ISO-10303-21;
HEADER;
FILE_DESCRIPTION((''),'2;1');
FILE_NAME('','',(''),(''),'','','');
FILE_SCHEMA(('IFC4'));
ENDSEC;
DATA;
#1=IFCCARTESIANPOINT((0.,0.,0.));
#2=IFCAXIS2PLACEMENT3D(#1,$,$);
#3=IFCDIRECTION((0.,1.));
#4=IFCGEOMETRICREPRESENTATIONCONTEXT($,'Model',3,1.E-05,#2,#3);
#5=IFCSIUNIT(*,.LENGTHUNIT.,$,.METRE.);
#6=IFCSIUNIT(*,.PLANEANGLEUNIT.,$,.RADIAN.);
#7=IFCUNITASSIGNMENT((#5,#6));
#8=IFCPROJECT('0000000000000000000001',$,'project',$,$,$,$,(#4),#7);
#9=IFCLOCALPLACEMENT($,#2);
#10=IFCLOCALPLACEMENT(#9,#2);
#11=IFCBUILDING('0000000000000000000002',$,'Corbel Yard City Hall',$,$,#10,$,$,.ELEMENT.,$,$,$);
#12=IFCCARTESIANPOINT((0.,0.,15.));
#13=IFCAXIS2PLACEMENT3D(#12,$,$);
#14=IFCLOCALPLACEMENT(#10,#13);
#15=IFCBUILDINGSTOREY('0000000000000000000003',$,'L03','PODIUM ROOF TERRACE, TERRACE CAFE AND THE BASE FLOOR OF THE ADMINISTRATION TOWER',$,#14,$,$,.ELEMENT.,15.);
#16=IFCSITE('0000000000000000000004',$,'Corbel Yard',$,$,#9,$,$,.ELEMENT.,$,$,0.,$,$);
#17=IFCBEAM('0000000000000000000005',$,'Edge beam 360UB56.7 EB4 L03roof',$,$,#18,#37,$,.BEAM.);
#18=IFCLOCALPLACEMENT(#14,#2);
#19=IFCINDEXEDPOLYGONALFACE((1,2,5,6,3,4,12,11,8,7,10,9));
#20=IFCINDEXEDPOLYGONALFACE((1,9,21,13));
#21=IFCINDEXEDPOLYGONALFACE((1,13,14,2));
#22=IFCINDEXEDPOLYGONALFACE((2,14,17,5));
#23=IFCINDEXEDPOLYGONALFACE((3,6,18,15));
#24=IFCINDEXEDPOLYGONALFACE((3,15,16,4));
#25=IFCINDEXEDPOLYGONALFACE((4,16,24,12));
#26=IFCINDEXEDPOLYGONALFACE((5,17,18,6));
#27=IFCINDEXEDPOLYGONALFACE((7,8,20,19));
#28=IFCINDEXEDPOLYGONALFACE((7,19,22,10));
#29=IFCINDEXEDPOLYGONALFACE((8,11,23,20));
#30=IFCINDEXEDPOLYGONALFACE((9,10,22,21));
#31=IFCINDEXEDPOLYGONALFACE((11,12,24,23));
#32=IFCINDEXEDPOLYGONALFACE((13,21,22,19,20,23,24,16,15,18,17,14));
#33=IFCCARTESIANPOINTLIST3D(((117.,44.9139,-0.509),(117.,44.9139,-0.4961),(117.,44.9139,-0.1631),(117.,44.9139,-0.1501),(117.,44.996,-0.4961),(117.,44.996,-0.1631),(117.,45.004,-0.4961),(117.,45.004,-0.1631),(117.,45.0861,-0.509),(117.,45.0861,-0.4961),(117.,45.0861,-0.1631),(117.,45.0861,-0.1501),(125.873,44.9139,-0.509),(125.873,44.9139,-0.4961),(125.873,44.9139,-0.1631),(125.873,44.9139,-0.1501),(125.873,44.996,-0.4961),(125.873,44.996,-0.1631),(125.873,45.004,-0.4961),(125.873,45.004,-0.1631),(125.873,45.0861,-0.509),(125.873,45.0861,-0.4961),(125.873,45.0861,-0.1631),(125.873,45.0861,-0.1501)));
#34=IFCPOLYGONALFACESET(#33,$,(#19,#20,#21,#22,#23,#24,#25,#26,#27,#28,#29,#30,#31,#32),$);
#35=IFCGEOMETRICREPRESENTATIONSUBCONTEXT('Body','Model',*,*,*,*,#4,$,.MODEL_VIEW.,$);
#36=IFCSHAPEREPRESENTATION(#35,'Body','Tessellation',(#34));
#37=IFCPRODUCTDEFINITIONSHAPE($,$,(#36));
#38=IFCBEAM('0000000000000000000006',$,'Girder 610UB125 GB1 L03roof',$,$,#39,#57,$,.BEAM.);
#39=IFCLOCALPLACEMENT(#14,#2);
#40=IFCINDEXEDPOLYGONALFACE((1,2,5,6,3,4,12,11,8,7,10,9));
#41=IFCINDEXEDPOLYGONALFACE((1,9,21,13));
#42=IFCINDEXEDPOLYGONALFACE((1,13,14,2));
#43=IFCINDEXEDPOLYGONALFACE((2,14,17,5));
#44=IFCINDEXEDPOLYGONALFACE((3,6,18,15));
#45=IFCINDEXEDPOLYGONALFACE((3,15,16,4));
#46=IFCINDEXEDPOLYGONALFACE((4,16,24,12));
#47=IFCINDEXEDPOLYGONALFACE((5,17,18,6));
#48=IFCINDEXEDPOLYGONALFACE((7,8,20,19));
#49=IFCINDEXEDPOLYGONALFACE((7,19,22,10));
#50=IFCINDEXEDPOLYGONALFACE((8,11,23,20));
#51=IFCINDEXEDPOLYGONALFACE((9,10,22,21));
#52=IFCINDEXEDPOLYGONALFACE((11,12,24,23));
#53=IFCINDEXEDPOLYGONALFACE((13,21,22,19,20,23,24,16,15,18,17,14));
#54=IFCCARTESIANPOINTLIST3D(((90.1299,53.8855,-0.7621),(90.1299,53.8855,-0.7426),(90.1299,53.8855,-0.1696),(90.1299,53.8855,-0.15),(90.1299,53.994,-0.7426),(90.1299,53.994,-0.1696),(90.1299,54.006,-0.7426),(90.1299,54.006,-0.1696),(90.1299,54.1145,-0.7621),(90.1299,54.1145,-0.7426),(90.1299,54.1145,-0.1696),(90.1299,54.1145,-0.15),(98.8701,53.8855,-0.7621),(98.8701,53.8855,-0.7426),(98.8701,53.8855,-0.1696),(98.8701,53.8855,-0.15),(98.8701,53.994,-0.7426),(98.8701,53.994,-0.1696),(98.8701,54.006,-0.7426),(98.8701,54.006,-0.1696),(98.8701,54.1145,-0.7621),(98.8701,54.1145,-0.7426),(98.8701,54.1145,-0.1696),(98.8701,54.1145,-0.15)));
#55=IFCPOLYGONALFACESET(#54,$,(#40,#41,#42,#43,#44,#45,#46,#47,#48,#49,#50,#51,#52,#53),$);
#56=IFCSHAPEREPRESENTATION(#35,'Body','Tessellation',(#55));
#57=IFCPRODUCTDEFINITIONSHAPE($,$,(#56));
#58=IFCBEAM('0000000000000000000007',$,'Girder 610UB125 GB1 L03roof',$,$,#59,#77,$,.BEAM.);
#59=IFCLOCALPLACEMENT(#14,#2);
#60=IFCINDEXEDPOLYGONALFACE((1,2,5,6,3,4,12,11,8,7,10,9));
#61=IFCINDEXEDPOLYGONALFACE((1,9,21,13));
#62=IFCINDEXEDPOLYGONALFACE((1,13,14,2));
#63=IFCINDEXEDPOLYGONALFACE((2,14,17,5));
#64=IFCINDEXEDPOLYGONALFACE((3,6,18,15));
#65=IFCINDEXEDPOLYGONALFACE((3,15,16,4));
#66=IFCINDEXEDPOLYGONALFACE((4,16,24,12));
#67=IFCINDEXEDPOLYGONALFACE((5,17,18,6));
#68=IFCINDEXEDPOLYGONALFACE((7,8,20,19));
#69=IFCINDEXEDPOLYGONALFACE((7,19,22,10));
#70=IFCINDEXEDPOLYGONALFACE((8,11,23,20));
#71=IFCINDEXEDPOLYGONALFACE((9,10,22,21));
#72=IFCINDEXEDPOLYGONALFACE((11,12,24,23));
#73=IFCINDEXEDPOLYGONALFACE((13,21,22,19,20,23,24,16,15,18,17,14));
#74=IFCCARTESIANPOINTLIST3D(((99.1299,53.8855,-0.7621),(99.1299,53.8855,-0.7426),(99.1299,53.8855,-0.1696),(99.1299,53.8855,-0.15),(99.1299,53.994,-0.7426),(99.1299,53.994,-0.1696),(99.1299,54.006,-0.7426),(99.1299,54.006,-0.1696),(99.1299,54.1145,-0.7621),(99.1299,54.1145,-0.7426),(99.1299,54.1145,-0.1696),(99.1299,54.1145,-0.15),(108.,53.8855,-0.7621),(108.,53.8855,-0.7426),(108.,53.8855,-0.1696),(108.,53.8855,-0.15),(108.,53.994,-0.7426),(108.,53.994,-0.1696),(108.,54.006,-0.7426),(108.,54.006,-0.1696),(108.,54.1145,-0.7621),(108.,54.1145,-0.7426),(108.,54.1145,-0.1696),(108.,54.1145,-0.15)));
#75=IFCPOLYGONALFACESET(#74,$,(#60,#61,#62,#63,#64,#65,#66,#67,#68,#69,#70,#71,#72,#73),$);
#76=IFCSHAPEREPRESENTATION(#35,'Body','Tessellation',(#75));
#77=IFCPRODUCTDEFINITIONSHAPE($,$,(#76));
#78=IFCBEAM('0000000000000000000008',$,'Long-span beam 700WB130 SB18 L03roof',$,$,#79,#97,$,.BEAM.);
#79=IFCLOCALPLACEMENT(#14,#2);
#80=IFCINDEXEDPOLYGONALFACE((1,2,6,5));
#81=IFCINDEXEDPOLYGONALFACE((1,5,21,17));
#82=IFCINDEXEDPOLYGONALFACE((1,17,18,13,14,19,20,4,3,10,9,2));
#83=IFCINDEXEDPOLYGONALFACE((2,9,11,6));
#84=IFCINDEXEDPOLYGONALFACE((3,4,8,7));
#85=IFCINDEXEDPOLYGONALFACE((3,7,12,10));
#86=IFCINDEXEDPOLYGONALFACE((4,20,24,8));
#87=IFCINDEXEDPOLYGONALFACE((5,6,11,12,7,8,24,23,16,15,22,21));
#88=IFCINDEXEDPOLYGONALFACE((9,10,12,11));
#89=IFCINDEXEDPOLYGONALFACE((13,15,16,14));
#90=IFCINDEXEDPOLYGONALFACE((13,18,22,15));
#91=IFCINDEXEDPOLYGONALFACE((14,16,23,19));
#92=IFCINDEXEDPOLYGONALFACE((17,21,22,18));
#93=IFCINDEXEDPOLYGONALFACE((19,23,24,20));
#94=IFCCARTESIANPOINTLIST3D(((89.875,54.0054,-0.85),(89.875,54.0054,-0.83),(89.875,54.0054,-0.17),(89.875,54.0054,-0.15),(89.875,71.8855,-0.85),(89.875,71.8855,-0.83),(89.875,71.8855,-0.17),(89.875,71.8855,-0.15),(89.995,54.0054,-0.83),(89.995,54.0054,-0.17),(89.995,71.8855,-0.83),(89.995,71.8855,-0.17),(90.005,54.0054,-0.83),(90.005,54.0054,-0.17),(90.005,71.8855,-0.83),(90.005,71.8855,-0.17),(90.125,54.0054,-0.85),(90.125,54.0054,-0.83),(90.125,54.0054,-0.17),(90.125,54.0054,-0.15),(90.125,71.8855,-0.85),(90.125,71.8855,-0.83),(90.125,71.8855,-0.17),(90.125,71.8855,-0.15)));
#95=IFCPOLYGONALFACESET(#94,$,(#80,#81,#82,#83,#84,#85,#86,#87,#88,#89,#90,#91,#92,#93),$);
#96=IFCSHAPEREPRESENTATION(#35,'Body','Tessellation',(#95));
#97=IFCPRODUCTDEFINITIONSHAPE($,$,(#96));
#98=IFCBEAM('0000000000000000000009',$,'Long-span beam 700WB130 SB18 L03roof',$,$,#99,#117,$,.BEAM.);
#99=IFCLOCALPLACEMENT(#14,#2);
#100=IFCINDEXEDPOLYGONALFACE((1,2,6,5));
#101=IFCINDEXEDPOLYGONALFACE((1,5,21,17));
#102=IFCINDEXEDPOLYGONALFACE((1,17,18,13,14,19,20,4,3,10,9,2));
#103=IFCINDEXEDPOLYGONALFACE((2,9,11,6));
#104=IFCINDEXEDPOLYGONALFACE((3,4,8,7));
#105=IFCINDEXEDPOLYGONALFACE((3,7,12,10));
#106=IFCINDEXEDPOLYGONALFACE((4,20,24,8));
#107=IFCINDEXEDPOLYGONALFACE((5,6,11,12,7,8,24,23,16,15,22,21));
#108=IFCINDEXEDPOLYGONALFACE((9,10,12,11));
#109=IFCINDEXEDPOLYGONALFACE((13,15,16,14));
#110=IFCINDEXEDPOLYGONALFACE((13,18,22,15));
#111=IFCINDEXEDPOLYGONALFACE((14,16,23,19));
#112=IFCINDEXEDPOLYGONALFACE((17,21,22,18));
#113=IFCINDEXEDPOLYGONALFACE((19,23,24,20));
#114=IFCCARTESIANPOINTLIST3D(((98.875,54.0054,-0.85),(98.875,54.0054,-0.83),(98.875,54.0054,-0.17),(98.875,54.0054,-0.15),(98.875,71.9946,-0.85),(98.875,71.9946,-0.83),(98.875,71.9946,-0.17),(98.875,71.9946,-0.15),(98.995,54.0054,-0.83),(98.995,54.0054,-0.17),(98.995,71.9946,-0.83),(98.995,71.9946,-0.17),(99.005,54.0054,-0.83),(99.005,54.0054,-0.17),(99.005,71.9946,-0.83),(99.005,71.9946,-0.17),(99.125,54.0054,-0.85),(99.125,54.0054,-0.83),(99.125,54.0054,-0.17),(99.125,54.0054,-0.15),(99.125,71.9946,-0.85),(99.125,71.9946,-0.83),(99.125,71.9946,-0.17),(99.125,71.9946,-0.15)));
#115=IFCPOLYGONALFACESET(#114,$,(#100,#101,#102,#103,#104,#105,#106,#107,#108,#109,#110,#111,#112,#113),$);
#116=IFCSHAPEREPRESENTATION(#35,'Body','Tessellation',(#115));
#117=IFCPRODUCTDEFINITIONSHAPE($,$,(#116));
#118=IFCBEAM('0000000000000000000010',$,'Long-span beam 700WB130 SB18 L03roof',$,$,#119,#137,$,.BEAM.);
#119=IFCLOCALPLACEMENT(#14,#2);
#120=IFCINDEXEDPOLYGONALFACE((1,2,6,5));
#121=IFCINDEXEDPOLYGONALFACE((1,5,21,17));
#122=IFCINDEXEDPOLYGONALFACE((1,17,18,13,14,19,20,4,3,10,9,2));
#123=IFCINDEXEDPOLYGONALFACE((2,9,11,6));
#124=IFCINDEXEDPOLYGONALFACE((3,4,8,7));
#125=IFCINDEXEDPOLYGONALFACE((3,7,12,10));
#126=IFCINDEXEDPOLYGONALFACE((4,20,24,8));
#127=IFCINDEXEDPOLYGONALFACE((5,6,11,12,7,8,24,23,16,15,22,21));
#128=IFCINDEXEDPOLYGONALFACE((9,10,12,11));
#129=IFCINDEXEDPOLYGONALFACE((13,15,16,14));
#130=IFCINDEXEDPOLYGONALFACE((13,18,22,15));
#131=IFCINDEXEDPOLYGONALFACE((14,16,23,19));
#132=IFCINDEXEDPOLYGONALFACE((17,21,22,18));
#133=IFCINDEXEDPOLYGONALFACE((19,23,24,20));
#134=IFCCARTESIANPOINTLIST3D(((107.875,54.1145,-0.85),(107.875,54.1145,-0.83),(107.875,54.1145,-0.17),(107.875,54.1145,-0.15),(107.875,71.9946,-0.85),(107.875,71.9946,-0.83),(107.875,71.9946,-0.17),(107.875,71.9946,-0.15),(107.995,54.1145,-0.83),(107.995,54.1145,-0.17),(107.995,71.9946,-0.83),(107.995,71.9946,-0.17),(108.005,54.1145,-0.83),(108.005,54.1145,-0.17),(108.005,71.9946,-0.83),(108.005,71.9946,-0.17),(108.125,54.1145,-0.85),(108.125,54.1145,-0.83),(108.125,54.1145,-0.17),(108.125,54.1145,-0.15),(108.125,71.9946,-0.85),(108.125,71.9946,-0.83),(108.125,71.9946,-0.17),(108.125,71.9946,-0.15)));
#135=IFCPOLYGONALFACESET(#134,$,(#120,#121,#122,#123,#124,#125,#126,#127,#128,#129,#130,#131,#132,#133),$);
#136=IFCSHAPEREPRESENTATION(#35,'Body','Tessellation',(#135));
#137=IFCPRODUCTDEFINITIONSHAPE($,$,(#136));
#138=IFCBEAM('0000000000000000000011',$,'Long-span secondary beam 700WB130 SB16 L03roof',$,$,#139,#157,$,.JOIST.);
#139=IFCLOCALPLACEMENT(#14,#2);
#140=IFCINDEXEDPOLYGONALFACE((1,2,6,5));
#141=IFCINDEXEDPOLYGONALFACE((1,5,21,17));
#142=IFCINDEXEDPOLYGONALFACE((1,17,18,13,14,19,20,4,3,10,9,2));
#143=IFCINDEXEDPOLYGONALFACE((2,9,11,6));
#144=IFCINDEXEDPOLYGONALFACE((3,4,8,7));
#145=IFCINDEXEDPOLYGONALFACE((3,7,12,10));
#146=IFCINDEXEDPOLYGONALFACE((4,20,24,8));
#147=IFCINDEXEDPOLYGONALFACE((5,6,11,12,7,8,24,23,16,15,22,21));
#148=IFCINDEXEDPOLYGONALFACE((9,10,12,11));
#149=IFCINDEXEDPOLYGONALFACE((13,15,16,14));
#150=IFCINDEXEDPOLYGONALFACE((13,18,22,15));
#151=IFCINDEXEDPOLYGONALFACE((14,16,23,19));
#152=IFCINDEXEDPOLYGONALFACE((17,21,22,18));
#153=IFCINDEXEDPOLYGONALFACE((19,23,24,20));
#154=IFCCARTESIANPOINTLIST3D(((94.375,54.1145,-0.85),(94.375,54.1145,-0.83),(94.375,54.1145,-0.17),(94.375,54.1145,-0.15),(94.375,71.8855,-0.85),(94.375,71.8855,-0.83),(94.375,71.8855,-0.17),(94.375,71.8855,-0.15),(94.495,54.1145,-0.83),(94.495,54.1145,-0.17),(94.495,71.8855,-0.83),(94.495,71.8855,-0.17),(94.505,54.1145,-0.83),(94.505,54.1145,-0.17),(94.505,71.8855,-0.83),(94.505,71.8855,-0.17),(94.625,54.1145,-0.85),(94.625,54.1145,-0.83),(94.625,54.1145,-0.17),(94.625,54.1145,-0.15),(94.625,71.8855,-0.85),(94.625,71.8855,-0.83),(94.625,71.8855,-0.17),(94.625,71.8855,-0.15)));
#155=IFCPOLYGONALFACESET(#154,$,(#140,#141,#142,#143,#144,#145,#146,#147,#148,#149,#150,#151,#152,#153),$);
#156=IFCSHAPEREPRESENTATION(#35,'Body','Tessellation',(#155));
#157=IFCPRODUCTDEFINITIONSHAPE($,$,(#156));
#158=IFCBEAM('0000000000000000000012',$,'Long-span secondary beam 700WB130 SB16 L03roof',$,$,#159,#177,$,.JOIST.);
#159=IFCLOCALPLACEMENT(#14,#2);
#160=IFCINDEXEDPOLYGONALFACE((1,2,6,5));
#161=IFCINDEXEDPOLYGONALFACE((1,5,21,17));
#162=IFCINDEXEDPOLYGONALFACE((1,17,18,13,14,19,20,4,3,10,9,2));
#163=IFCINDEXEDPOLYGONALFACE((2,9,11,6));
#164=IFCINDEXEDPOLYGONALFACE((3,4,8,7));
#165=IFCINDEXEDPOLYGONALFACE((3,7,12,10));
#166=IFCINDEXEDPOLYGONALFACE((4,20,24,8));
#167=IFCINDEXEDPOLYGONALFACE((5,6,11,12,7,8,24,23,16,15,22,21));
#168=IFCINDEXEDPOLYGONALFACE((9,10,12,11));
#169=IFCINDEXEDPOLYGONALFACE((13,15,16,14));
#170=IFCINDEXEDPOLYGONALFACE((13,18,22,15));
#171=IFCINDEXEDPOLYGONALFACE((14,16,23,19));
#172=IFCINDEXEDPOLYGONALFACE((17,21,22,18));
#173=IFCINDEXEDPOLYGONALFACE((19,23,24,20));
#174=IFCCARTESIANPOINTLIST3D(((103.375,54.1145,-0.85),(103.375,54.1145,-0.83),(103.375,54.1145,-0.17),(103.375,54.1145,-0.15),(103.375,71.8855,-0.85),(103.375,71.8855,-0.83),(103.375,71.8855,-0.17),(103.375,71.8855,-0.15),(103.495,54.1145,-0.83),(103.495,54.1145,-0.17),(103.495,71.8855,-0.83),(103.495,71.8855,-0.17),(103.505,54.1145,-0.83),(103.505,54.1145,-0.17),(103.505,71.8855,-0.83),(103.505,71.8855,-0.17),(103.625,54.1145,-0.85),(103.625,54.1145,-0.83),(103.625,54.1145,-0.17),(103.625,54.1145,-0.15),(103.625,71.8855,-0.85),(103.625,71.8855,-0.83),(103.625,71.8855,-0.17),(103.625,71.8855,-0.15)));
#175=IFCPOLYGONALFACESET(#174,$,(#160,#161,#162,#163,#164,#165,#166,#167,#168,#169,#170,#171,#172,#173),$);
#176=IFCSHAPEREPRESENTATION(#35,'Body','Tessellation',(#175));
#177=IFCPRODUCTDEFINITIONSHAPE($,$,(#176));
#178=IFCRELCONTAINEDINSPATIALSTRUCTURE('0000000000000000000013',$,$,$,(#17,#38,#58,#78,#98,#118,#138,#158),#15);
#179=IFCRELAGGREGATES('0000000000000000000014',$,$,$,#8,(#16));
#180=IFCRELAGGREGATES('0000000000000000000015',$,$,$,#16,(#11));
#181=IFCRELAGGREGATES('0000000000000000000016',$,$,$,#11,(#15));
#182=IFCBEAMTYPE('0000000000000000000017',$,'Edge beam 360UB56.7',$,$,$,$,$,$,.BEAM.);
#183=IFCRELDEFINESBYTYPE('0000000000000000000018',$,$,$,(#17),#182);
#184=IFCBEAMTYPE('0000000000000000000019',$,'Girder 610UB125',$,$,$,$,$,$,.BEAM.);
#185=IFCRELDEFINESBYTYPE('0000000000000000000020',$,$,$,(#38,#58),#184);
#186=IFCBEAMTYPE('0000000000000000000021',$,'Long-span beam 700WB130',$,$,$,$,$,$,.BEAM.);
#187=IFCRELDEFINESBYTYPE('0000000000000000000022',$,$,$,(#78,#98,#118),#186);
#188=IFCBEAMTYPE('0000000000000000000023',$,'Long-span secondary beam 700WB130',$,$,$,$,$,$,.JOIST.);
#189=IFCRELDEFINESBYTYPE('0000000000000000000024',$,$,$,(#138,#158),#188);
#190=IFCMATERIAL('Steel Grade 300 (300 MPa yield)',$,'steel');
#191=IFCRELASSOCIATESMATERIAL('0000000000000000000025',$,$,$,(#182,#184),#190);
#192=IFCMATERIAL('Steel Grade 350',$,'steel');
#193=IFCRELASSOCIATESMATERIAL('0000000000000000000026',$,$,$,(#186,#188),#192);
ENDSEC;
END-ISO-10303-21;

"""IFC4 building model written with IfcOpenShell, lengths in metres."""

from ifc_helpers import new_model, si_unit, direction, frame, origin, origin_2d, place, context, subcontext, project, spatial, i_section, extrude, material, material_profile, profile_set, type_object, element, save


model = new_model("IFC4")

# Units and contexts
model_context = context("Model", 3, precision=1e-05, world=origin(), true_north=direction((0.0, 1.0)))
body_context = subcontext(model_context, "Body", "Model", "MODEL_VIEW")
ifc_project = project(units=[si_unit("LENGTHUNIT", "METRE"), si_unit("PLANEANGLEUNIT", "RADIAN")], contexts=[model_context])

# Site, building, storey
site_placement = place(None, origin())
site = spatial("IfcSite", under=ifc_project, at=site_placement, Name="Corbel Yard", CompositionType="ELEMENT", RefElevation=0.0)
building_placement = place(site_placement, origin())
building = spatial("IfcBuilding", under=site, at=building_placement, Name="Corbel Yard City Hall", CompositionType="ELEMENT")
storey_placement = place(building_placement, frame((0.0, 0.0, 15.0)))
storey = spatial("IfcBuildingStorey", under=building, at=storey_placement, Name="L03", Description="PODIUM ROOF TERRACE, TERRACE CAFE AND THE BASE FLOOR OF THE ADMINISTRATION TOWER", CompositionType="ELEMENT", Elevation=15.0)

# Beams
ifc_material_1 = material(Name="Steel Grade 300 (300 MPa yield)", Category="steel")
ifc_material_profile_1 = material_profile(ifc_material_1, i_section(OverallWidth=0.1721, OverallDepth=0.3589, WebThickness=0.0081, FlangeThickness=0.0129, at=origin_2d()), Name="360UB56.7")
ifc_profile_set_1 = profile_set([ifc_material_profile_1], Name="Steel Grade 300 (300 MPa yield)")
beam_type_1 = type_object("IfcBeamType", Name="Edge beam 360UB56.7", PredefinedType="BEAM", material=ifc_profile_set_1)
for number, where, z_axis, x_axis, name in (
    (1, (117.0, 45.0, -0.3296), (1.0, 0.0, 0.0), (0.0, 1.0, 0.0), "Edge beam 360UB56.7 EB4 L03roof"),
):
    element("IfcBeam", number, at=place(storey_placement, frame(where, z_axis=z_axis, x_axis=x_axis)), inside=storey, type_object=beam_type_1, Name=name, PredefinedType="BEAM", context=body_context, shape_type="SweptSolid", body=[
        extrude(i_section(OverallWidth=0.1721, OverallDepth=0.3589, WebThickness=0.0081, FlangeThickness=0.0129, at=origin_2d()), origin(), (0.0, 0.0, 1.0), 8.873),
    ])
ifc_material_profile_2 = material_profile(ifc_material_1, i_section(OverallWidth=0.229, OverallDepth=0.6121, WebThickness=0.012, FlangeThickness=0.0195, at=origin_2d()), Name="610UB125")
ifc_profile_set_2 = profile_set([ifc_material_profile_2], Name="Steel Grade 300 (300 MPa yield)")
beam_type_2 = type_object("IfcBeamType", Name="Girder 610UB125", PredefinedType="BEAM", material=ifc_profile_set_2)
beam_1_placement = place(storey_placement, frame((90.1299, 54.0, -0.4561), z_axis=(1.0, 0.0, 0.0), x_axis=(0.0, 1.0, 0.0)))
element("IfcBeam", 2, at=beam_1_placement, inside=storey, type_object=beam_type_2, Name="Girder 610UB125 GB1 L03roof", PredefinedType="BEAM", context=body_context, shape_type="SweptSolid", body=[
    extrude(i_section(OverallWidth=0.229, OverallDepth=0.6121, WebThickness=0.012, FlangeThickness=0.0195, at=origin_2d()), origin(), (0.0, 0.0, 1.0), 8.7402),
])
beam_2_placement = place(storey_placement, frame((99.1299, 54.0, -0.4561), z_axis=(1.0, 0.0, 0.0), x_axis=(0.0, 1.0, 0.0)))
element("IfcBeam", 3, at=beam_2_placement, inside=storey, type_object=beam_type_2, Name="Girder 610UB125 GB1 L03roof", PredefinedType="BEAM", context=body_context, shape_type="SweptSolid", body=[
    extrude(i_section(OverallWidth=0.229, OverallDepth=0.6121, WebThickness=0.012, FlangeThickness=0.0195, at=origin_2d()), origin(), (0.0, 0.0, 1.0), 8.8701),
])
ifc_material_2 = material(Name="Steel Grade 350", Category="steel")
ifc_material_profile_3 = material_profile(ifc_material_2, i_section(OverallWidth=0.25, OverallDepth=0.7, WebThickness=0.01, FlangeThickness=0.02, at=origin_2d()), Name="700WB130")
ifc_profile_set_3 = profile_set([ifc_material_profile_3], Name="Steel Grade 350")
beam_type_3 = type_object("IfcBeamType", Name="Long-span beam 700WB130", PredefinedType="BEAM", material=ifc_profile_set_3)
beam_3_placement = place(storey_placement, frame((90.0, 54.0054, -0.5), z_axis=(0.0, 1.0, 0.0), x_axis=(-1.0, 0.0, 0.0)))
element("IfcBeam", 4, at=beam_3_placement, inside=storey, type_object=beam_type_3, Name="Long-span beam 700WB130 SB18 L03roof", PredefinedType="BEAM", context=body_context, shape_type="SweptSolid", body=[
    extrude(i_section(OverallWidth=0.25, OverallDepth=0.7, WebThickness=0.01, FlangeThickness=0.02, at=origin_2d()), origin(), (0.0, 0.0, 1.0), 17.8801),
])
beam_4_placement = place(storey_placement, frame((99.0, 54.0054, -0.5), z_axis=(0.0, 1.0, 0.0), x_axis=(-1.0, 0.0, 0.0)))
element("IfcBeam", 5, at=beam_4_placement, inside=storey, type_object=beam_type_3, Name="Long-span beam 700WB130 SB18 L03roof", PredefinedType="BEAM", context=body_context, shape_type="SweptSolid", body=[
    extrude(i_section(OverallWidth=0.25, OverallDepth=0.7, WebThickness=0.01, FlangeThickness=0.02, at=origin_2d()), origin(), (0.0, 0.0, 1.0), 17.9893),
])
beam_5_placement = place(storey_placement, frame((108.0, 54.1145, -0.5), z_axis=(0.0, 1.0, 0.0), x_axis=(-1.0, 0.0, 0.0)))
element("IfcBeam", 6, at=beam_5_placement, inside=storey, type_object=beam_type_3, Name="Long-span beam 700WB130 SB18 L03roof", PredefinedType="BEAM", context=body_context, shape_type="SweptSolid", body=[
    extrude(i_section(OverallWidth=0.25, OverallDepth=0.7, WebThickness=0.01, FlangeThickness=0.02, at=origin_2d()), origin(), (0.0, 0.0, 1.0), 17.8801),
])
ifc_material_profile_4 = material_profile(ifc_material_2, i_section(OverallWidth=0.25, OverallDepth=0.7, WebThickness=0.01, FlangeThickness=0.02, at=origin_2d()), Name="700WB130")
ifc_profile_set_4 = profile_set([ifc_material_profile_4], Name="Steel Grade 350")
beam_type_4 = type_object("IfcBeamType", Name="Long-span secondary beam 700WB130", PredefinedType="JOIST", material=ifc_profile_set_4)
for number, where, z_axis, x_axis, name in (
    (7, (94.5, 54.1145, -0.5), (0.0, 1.0, 0.0), (-1.0, 0.0, 0.0), "Long-span secondary beam 700WB130 SB16 L03roof"),
    (8, (103.5, 54.1145, -0.5), (0.0, 1.0, 0.0), (-1.0, 0.0, 0.0), "Long-span secondary beam 700WB130 SB16 L03roof"),
):
    element("IfcBeam", number, at=place(storey_placement, frame(where, z_axis=z_axis, x_axis=x_axis)), inside=storey, type_object=beam_type_4, Name=name, PredefinedType="JOIST", context=body_context, shape_type="SweptSolid", body=[
        extrude(i_section(OverallWidth=0.25, OverallDepth=0.7, WebThickness=0.01, FlangeThickness=0.02, at=origin_2d()), origin(), (0.0, 0.0, 1.0), 17.771),
    ])

save(model, "model.ifc")
